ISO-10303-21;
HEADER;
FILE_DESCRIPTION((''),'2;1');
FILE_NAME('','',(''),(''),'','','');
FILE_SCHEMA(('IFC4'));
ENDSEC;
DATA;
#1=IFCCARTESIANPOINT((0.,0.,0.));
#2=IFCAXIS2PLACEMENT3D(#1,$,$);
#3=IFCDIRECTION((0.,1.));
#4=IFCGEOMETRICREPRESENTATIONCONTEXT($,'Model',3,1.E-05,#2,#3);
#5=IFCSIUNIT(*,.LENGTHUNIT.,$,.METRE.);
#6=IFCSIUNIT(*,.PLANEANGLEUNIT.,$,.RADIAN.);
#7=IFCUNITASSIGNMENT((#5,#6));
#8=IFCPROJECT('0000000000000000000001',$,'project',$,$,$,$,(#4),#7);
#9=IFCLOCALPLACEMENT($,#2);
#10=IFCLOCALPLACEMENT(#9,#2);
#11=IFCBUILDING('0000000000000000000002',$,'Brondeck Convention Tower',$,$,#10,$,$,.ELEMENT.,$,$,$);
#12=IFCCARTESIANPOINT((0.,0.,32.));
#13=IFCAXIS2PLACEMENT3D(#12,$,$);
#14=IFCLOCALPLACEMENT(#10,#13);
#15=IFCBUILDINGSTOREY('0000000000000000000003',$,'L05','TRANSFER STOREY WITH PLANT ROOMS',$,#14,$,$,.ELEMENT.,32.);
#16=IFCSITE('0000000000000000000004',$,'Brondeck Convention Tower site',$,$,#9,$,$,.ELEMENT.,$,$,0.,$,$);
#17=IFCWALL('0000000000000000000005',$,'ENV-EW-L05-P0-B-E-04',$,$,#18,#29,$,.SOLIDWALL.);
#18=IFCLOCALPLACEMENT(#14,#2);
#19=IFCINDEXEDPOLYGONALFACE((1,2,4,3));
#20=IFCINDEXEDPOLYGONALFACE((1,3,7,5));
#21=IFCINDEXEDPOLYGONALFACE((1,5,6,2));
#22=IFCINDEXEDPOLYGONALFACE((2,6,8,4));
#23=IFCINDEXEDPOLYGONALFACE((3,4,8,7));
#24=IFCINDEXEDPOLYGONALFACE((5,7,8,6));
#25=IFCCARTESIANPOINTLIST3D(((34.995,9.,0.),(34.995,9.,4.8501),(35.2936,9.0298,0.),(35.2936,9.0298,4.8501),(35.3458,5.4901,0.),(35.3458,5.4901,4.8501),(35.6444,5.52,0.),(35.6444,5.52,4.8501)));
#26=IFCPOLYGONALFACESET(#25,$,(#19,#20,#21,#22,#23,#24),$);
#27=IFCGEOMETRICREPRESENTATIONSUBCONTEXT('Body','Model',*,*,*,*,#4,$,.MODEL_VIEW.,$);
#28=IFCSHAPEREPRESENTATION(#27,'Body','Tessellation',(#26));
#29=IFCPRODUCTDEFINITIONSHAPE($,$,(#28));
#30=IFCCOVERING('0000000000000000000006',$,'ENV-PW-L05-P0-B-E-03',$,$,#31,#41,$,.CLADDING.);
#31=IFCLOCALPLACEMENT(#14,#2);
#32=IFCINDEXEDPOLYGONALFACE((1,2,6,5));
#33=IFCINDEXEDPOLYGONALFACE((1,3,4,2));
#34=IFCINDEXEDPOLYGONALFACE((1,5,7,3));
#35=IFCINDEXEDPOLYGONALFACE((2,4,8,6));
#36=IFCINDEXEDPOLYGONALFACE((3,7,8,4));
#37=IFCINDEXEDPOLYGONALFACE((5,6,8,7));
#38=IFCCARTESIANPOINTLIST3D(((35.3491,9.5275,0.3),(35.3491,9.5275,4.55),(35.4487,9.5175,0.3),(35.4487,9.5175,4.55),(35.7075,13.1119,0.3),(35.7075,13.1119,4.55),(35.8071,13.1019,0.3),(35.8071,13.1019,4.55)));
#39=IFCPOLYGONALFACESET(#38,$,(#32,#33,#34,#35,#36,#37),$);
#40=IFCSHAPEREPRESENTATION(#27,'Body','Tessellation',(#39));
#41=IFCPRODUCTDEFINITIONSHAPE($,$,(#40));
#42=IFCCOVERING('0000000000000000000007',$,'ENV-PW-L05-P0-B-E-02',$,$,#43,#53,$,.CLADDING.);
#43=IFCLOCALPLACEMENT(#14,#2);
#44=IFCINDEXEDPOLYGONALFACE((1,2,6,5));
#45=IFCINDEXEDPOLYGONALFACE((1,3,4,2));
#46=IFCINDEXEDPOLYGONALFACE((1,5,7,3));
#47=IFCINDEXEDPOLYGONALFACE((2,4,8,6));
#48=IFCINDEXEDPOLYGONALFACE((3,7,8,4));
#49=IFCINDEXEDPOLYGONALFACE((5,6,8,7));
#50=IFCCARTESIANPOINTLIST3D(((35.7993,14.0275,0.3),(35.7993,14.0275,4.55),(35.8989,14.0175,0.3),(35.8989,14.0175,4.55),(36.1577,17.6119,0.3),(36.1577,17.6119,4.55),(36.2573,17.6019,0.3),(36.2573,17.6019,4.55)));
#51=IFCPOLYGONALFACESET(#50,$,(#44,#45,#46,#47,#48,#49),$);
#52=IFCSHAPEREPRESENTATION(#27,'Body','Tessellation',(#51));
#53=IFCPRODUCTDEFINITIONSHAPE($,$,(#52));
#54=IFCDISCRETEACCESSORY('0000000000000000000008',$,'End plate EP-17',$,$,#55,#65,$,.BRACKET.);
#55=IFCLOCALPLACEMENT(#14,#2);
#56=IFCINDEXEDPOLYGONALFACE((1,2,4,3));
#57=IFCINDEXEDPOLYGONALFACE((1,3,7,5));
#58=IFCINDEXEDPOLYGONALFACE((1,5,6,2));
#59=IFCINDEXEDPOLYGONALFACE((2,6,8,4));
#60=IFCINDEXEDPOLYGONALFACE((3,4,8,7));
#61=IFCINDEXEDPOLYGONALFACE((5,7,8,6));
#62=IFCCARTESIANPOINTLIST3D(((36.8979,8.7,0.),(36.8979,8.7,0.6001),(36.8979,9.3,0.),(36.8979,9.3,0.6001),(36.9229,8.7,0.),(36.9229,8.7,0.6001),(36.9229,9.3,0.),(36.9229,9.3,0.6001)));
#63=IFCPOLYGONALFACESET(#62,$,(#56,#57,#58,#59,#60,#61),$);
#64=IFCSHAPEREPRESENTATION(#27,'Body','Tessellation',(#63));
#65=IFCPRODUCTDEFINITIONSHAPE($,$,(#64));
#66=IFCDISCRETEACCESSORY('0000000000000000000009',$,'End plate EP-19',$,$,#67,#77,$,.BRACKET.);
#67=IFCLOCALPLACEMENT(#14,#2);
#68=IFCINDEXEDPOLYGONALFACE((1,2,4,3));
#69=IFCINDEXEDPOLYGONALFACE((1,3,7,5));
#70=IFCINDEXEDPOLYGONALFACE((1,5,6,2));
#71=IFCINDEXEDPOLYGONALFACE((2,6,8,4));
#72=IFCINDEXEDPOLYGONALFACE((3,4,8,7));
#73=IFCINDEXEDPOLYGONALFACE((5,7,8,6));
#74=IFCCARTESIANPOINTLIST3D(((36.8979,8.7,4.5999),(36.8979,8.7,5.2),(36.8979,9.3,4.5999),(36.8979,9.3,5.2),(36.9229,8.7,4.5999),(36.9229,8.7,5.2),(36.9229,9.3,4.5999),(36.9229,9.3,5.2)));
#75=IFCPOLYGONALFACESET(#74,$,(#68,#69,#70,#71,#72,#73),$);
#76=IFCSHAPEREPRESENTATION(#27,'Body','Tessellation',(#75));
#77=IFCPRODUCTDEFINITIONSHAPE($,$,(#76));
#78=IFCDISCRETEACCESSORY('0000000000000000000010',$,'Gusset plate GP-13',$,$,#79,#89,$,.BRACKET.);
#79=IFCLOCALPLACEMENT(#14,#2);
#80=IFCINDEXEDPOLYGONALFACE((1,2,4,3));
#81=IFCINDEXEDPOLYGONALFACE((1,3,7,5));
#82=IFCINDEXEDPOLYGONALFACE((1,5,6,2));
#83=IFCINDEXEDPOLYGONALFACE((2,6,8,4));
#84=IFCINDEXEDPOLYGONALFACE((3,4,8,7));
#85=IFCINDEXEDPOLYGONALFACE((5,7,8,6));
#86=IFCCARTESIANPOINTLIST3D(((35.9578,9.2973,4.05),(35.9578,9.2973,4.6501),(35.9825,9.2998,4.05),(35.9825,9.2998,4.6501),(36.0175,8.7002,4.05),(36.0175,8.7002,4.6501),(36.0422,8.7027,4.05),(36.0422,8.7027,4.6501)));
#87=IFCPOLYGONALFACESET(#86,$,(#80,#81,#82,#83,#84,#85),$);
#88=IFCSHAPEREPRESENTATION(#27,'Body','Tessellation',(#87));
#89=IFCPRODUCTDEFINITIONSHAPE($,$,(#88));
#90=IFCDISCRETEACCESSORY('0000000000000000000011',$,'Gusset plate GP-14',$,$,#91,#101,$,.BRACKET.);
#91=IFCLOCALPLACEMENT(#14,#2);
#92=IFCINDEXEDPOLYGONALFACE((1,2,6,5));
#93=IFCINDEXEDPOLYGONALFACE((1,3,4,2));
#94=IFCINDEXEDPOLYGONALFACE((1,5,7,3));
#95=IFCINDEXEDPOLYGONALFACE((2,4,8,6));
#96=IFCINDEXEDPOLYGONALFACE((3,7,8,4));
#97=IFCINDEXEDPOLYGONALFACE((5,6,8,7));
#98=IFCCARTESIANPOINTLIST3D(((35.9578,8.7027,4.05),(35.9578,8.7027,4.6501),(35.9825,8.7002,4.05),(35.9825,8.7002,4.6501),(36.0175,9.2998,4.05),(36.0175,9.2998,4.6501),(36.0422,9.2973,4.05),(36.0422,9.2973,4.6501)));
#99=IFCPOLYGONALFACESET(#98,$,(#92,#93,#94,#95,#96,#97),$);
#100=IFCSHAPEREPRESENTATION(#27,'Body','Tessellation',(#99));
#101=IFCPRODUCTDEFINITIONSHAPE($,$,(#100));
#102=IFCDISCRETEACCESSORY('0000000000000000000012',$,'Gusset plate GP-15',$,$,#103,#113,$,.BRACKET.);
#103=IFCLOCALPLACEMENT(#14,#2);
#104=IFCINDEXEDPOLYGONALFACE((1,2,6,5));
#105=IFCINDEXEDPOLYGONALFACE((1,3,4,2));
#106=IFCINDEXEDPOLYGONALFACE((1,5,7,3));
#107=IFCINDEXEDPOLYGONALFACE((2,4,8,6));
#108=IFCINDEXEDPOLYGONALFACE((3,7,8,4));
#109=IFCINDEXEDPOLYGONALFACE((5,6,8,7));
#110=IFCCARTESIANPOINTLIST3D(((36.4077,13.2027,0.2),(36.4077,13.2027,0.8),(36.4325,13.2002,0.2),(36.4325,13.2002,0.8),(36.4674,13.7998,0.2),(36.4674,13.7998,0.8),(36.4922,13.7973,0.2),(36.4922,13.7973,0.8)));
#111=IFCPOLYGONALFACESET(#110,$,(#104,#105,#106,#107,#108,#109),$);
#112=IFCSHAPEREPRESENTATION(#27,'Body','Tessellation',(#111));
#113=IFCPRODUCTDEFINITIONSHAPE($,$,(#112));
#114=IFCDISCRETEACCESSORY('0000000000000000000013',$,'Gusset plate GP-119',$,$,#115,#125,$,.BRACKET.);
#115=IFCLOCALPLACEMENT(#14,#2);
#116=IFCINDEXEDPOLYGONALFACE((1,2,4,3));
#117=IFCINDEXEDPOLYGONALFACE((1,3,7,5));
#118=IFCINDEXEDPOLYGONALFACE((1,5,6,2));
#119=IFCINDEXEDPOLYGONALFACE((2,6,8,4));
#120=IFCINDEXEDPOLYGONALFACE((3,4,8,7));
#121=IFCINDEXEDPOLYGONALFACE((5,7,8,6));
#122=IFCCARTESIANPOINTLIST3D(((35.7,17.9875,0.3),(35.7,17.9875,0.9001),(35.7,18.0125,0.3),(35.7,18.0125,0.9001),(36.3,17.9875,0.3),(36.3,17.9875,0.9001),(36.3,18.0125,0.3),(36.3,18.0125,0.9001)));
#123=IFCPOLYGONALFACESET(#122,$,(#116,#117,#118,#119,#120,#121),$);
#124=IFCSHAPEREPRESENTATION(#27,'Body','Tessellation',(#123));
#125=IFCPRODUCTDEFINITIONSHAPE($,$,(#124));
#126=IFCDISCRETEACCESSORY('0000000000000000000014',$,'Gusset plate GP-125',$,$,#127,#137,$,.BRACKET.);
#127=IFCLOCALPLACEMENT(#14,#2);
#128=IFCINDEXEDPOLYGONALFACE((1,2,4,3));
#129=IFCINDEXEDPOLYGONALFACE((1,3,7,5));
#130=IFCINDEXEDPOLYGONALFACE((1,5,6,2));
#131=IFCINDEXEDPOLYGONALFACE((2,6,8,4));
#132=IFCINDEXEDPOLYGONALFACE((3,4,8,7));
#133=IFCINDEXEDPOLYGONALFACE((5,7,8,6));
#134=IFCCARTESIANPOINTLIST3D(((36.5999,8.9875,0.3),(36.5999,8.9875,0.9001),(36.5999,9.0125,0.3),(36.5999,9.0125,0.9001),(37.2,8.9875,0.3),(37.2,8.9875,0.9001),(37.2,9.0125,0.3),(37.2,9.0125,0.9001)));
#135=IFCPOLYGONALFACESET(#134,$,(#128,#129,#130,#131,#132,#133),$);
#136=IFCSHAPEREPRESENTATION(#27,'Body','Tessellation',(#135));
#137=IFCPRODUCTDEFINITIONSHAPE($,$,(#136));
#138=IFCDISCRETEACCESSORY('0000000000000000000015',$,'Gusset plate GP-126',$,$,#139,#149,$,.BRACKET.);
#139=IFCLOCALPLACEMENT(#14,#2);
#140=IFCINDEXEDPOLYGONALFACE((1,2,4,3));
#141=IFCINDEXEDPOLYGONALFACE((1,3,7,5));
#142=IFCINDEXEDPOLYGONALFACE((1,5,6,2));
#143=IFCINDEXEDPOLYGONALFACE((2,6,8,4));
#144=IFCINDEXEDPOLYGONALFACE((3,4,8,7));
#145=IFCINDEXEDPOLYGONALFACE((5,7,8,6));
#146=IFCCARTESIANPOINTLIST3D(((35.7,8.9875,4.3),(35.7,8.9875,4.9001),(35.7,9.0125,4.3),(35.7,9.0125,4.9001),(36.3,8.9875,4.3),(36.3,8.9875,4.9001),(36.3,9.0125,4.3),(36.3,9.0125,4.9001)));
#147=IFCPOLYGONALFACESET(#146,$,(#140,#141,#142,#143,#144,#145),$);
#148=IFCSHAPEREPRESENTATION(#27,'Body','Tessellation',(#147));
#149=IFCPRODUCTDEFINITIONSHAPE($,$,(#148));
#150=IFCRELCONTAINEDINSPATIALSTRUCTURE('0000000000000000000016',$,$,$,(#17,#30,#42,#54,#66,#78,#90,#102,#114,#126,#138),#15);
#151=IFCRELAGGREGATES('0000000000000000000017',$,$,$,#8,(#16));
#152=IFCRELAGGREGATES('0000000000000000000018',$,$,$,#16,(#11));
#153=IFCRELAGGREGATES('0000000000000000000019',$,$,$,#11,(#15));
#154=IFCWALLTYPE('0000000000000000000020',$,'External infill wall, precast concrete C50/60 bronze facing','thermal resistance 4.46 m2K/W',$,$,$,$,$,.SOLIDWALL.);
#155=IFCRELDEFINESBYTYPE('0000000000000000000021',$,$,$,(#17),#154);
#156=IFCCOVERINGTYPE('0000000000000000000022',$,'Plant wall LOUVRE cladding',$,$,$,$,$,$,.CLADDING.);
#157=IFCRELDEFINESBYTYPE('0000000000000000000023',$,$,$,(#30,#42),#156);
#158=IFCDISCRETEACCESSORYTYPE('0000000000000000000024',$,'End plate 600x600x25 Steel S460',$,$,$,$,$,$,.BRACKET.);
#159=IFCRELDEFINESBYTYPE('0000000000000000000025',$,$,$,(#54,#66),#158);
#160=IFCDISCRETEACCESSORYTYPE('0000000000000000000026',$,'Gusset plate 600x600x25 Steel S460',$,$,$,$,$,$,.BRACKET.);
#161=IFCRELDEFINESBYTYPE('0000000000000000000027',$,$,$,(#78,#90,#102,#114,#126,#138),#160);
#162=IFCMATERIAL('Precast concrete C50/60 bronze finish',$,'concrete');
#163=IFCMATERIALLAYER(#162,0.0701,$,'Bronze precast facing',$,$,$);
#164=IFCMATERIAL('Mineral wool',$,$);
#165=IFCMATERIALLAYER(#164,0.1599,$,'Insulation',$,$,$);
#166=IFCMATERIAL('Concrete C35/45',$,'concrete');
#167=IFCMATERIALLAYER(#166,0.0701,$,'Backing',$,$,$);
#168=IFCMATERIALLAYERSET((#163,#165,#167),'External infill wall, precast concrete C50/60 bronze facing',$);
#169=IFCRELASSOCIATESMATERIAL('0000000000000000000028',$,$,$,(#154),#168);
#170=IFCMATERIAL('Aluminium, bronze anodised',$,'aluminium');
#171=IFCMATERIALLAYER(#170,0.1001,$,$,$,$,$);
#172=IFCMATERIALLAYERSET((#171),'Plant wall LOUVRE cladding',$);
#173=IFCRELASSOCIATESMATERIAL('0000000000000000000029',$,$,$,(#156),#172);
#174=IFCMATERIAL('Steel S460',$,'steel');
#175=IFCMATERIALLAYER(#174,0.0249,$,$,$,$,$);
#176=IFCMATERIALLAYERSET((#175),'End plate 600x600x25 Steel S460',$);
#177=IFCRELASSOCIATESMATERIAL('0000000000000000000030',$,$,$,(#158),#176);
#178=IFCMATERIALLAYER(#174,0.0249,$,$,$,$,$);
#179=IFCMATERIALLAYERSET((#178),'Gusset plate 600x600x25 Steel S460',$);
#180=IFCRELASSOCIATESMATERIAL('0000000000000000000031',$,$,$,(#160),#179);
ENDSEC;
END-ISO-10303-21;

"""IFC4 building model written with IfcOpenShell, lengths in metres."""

from ifc_helpers import new_model, si_unit, direction, frame, frame_2d, origin, origin_2d, place, context, subcontext, project, spatial, rectangle, extrude, material, layer, layer_set, type_object, element, save


model = new_model("IFC4")

# Units and contexts
model_context = context("Model", 3, precision=1e-05, world=origin(), true_north=direction((0.0, 1.0)))
body_context = subcontext(model_context, "Body", "Model", "MODEL_VIEW")
ifc_project = project(units=[si_unit("LENGTHUNIT", "METRE"), si_unit("PLANEANGLEUNIT", "RADIAN")], contexts=[model_context])

# Site, building, storey
site_placement = place(None, origin())
site = spatial("IfcSite", under=ifc_project, at=site_placement, Name="Brondeck Convention Tower site", CompositionType="ELEMENT", RefElevation=0.0)
building_placement = place(site_placement, origin())
building = spatial("IfcBuilding", under=site, at=building_placement, Name="Brondeck Convention Tower", CompositionType="ELEMENT")
storey_placement = place(building_placement, frame((0.0, 0.0, 32.0)))
storey = spatial("IfcBuildingStorey", under=building, at=storey_placement, Name="L05", Description="TRANSFER STOREY WITH PLANT ROOMS", CompositionType="ELEMENT", Elevation=32.0)

# Shared definitions
ifc_material_1 = material(Name="Steel S460", Category="steel")

# Wall
ifc_material_2 = material(Name="Precast concrete C50/60 bronze finish", Category="concrete")
ifc_layer_1 = layer(ifc_material_2, 0.0701, Name="Bronze precast facing")
ifc_material_3 = material(Name="Mineral wool")
ifc_layer_2 = layer(ifc_material_3, 0.1599, Name="Insulation")
ifc_material_4 = material(Name="Concrete C35/45", Category="concrete")
ifc_layer_3 = layer(ifc_material_4, 0.0701, Name="Backing")
ifc_layer_set_1 = layer_set([ifc_layer_1, ifc_layer_2, ifc_layer_3], Name="External infill wall, precast concrete C50/60 bronze facing")
wall_type = type_object("IfcWallType", Name="External infill wall, precast concrete C50/60 bronze facing", Description="thermal resistance 4.46 m2K/W", PredefinedType="SOLIDWALL", material=ifc_layer_set_1)
wall_placement = place(storey_placement, frame((35.1443, 9.0149, 0.0), z_axis=(0.0, 0.0, 1.0), x_axis=(0.099463, -0.995041, 0.0)))
element("IfcWall", 1, at=wall_placement, inside=storey, type_object=wall_type, Name="ENV-EW-L05-P0-B-E-04", PredefinedType="SOLIDWALL", context=body_context, shape_type="SweptSolid", body=[
    extrude(rectangle(XDim=3.5273, YDim=0.3, at=frame_2d((1.7637, 0.0))), origin(), (0.0, 0.0, 1.0), 4.8501),
])

# Coverings
ifc_material_5 = material(Name="Aluminium, bronze anodised", Category="aluminium")
ifc_layer_4 = layer(ifc_material_5, 0.1001)
ifc_layer_set_2 = layer_set([ifc_layer_4], Name="Plant wall LOUVRE cladding")
covering_type = type_object("IfcCoveringType", Name="Plant wall LOUVRE cladding", PredefinedType="CLADDING", material=ifc_layer_set_2)
for number, where, z_axis, x_axis, name in (
    (2, (35.5781, 11.3147, 0.3), (0.0, 0.0, 1.0), (0.099504, 0.995037, 0.0), "ENV-PW-L05-P0-B-E-03"),
    (3, (36.0283, 15.8147, 0.3), (0.0, 0.0, 1.0), (0.099504, 0.995037, 0.0), "ENV-PW-L05-P0-B-E-02"),
):
    element("IfcCovering", number, at=place(storey_placement, frame(where, z_axis=z_axis, x_axis=x_axis)), inside=storey, type_object=covering_type, Name=name, PredefinedType="CLADDING", context=body_context, shape_type="SweptSolid", body=[
        extrude(rectangle(XDim=3.6023, YDim=0.1001, at=origin_2d()), origin(), (0.0, 0.0, 1.0), 4.25),
    ])

# Discrete accessories
ifc_layer_5 = layer(ifc_material_1, 0.0249)
ifc_layer_set_3 = layer_set([ifc_layer_5], Name="End plate 600x600x25 Steel S460")
discrete_accessory_type_1 = type_object("IfcDiscreteAccessoryType", Name="End plate 600x600x25 Steel S460", PredefinedType="BRACKET", material=ifc_layer_set_3)
for number, where, z_axis, x_axis, name in (
    (4, (36.9104, 9.0, 0.0), (0.0, 0.0, 1.0), (0.0, 1.0, 0.0), "End plate EP-17"),
    (5, (36.9104, 9.0, 4.5999), (0.0, 0.0, 1.0), (0.0, 1.0, 0.0), "End plate EP-19"),
):
    element("IfcDiscreteAccessory", number, at=place(storey_placement, frame(where, z_axis=z_axis, x_axis=x_axis)), inside=storey, type_object=discrete_accessory_type_1, Name=name, PredefinedType="BRACKET", context=body_context, shape_type="SweptSolid", body=[
        extrude(rectangle(XDim=0.6001, YDim=0.0249, at=origin_2d()), origin(), (0.0, 0.0, 1.0), 0.6001),
    ])
ifc_layer_6 = layer(ifc_material_1, 0.0249)
ifc_layer_set_4 = layer_set([ifc_layer_6], Name="Gusset plate 600x600x25 Steel S460")
discrete_accessory_type_2 = type_object("IfcDiscreteAccessoryType", Name="Gusset plate 600x600x25 Steel S460", PredefinedType="BRACKET", material=ifc_layer_set_4)
for number, where, z_axis, x_axis, name in (
    (6, (36.0, 9.0, 4.05), (0.0, 0.0, 1.0), (-0.099511, 0.995036, 0.0), "Gusset plate GP-13"),
    (7, (36.0, 9.0, 4.05), (0.0, 0.0, 1.0), (0.099511, 0.995036, 0.0), "Gusset plate GP-14"),
    (8, (36.45, 13.5, 0.2), (0.0, 0.0, 1.0), (0.099511, 0.995036, 0.0), "Gusset plate GP-15"),
    (9, (36.0, 18.0, 0.3), (0.0, 0.0, 1.0), (1.0, 0.0, 0.0), "Gusset plate GP-119"),
    (10, (36.8999, 9.0, 0.3), (0.0, 0.0, 1.0), (1.0, 0.0, 0.0), "Gusset plate GP-125"),
    (11, (36.0, 9.0, 4.3), (0.0, 0.0, 1.0), (1.0, 0.0, 0.0), "Gusset plate GP-126"),
):
    element("IfcDiscreteAccessory", number, at=place(storey_placement, frame(where, z_axis=z_axis, x_axis=x_axis)), inside=storey, type_object=discrete_accessory_type_2, Name=name, PredefinedType="BRACKET", context=body_context, shape_type="SweptSolid", body=[
        extrude(rectangle(XDim=0.6001, YDim=0.0249, at=origin_2d()), origin(), (0.0, 0.0, 1.0), 0.6001),
    ])

save(model, "model.ifc")
